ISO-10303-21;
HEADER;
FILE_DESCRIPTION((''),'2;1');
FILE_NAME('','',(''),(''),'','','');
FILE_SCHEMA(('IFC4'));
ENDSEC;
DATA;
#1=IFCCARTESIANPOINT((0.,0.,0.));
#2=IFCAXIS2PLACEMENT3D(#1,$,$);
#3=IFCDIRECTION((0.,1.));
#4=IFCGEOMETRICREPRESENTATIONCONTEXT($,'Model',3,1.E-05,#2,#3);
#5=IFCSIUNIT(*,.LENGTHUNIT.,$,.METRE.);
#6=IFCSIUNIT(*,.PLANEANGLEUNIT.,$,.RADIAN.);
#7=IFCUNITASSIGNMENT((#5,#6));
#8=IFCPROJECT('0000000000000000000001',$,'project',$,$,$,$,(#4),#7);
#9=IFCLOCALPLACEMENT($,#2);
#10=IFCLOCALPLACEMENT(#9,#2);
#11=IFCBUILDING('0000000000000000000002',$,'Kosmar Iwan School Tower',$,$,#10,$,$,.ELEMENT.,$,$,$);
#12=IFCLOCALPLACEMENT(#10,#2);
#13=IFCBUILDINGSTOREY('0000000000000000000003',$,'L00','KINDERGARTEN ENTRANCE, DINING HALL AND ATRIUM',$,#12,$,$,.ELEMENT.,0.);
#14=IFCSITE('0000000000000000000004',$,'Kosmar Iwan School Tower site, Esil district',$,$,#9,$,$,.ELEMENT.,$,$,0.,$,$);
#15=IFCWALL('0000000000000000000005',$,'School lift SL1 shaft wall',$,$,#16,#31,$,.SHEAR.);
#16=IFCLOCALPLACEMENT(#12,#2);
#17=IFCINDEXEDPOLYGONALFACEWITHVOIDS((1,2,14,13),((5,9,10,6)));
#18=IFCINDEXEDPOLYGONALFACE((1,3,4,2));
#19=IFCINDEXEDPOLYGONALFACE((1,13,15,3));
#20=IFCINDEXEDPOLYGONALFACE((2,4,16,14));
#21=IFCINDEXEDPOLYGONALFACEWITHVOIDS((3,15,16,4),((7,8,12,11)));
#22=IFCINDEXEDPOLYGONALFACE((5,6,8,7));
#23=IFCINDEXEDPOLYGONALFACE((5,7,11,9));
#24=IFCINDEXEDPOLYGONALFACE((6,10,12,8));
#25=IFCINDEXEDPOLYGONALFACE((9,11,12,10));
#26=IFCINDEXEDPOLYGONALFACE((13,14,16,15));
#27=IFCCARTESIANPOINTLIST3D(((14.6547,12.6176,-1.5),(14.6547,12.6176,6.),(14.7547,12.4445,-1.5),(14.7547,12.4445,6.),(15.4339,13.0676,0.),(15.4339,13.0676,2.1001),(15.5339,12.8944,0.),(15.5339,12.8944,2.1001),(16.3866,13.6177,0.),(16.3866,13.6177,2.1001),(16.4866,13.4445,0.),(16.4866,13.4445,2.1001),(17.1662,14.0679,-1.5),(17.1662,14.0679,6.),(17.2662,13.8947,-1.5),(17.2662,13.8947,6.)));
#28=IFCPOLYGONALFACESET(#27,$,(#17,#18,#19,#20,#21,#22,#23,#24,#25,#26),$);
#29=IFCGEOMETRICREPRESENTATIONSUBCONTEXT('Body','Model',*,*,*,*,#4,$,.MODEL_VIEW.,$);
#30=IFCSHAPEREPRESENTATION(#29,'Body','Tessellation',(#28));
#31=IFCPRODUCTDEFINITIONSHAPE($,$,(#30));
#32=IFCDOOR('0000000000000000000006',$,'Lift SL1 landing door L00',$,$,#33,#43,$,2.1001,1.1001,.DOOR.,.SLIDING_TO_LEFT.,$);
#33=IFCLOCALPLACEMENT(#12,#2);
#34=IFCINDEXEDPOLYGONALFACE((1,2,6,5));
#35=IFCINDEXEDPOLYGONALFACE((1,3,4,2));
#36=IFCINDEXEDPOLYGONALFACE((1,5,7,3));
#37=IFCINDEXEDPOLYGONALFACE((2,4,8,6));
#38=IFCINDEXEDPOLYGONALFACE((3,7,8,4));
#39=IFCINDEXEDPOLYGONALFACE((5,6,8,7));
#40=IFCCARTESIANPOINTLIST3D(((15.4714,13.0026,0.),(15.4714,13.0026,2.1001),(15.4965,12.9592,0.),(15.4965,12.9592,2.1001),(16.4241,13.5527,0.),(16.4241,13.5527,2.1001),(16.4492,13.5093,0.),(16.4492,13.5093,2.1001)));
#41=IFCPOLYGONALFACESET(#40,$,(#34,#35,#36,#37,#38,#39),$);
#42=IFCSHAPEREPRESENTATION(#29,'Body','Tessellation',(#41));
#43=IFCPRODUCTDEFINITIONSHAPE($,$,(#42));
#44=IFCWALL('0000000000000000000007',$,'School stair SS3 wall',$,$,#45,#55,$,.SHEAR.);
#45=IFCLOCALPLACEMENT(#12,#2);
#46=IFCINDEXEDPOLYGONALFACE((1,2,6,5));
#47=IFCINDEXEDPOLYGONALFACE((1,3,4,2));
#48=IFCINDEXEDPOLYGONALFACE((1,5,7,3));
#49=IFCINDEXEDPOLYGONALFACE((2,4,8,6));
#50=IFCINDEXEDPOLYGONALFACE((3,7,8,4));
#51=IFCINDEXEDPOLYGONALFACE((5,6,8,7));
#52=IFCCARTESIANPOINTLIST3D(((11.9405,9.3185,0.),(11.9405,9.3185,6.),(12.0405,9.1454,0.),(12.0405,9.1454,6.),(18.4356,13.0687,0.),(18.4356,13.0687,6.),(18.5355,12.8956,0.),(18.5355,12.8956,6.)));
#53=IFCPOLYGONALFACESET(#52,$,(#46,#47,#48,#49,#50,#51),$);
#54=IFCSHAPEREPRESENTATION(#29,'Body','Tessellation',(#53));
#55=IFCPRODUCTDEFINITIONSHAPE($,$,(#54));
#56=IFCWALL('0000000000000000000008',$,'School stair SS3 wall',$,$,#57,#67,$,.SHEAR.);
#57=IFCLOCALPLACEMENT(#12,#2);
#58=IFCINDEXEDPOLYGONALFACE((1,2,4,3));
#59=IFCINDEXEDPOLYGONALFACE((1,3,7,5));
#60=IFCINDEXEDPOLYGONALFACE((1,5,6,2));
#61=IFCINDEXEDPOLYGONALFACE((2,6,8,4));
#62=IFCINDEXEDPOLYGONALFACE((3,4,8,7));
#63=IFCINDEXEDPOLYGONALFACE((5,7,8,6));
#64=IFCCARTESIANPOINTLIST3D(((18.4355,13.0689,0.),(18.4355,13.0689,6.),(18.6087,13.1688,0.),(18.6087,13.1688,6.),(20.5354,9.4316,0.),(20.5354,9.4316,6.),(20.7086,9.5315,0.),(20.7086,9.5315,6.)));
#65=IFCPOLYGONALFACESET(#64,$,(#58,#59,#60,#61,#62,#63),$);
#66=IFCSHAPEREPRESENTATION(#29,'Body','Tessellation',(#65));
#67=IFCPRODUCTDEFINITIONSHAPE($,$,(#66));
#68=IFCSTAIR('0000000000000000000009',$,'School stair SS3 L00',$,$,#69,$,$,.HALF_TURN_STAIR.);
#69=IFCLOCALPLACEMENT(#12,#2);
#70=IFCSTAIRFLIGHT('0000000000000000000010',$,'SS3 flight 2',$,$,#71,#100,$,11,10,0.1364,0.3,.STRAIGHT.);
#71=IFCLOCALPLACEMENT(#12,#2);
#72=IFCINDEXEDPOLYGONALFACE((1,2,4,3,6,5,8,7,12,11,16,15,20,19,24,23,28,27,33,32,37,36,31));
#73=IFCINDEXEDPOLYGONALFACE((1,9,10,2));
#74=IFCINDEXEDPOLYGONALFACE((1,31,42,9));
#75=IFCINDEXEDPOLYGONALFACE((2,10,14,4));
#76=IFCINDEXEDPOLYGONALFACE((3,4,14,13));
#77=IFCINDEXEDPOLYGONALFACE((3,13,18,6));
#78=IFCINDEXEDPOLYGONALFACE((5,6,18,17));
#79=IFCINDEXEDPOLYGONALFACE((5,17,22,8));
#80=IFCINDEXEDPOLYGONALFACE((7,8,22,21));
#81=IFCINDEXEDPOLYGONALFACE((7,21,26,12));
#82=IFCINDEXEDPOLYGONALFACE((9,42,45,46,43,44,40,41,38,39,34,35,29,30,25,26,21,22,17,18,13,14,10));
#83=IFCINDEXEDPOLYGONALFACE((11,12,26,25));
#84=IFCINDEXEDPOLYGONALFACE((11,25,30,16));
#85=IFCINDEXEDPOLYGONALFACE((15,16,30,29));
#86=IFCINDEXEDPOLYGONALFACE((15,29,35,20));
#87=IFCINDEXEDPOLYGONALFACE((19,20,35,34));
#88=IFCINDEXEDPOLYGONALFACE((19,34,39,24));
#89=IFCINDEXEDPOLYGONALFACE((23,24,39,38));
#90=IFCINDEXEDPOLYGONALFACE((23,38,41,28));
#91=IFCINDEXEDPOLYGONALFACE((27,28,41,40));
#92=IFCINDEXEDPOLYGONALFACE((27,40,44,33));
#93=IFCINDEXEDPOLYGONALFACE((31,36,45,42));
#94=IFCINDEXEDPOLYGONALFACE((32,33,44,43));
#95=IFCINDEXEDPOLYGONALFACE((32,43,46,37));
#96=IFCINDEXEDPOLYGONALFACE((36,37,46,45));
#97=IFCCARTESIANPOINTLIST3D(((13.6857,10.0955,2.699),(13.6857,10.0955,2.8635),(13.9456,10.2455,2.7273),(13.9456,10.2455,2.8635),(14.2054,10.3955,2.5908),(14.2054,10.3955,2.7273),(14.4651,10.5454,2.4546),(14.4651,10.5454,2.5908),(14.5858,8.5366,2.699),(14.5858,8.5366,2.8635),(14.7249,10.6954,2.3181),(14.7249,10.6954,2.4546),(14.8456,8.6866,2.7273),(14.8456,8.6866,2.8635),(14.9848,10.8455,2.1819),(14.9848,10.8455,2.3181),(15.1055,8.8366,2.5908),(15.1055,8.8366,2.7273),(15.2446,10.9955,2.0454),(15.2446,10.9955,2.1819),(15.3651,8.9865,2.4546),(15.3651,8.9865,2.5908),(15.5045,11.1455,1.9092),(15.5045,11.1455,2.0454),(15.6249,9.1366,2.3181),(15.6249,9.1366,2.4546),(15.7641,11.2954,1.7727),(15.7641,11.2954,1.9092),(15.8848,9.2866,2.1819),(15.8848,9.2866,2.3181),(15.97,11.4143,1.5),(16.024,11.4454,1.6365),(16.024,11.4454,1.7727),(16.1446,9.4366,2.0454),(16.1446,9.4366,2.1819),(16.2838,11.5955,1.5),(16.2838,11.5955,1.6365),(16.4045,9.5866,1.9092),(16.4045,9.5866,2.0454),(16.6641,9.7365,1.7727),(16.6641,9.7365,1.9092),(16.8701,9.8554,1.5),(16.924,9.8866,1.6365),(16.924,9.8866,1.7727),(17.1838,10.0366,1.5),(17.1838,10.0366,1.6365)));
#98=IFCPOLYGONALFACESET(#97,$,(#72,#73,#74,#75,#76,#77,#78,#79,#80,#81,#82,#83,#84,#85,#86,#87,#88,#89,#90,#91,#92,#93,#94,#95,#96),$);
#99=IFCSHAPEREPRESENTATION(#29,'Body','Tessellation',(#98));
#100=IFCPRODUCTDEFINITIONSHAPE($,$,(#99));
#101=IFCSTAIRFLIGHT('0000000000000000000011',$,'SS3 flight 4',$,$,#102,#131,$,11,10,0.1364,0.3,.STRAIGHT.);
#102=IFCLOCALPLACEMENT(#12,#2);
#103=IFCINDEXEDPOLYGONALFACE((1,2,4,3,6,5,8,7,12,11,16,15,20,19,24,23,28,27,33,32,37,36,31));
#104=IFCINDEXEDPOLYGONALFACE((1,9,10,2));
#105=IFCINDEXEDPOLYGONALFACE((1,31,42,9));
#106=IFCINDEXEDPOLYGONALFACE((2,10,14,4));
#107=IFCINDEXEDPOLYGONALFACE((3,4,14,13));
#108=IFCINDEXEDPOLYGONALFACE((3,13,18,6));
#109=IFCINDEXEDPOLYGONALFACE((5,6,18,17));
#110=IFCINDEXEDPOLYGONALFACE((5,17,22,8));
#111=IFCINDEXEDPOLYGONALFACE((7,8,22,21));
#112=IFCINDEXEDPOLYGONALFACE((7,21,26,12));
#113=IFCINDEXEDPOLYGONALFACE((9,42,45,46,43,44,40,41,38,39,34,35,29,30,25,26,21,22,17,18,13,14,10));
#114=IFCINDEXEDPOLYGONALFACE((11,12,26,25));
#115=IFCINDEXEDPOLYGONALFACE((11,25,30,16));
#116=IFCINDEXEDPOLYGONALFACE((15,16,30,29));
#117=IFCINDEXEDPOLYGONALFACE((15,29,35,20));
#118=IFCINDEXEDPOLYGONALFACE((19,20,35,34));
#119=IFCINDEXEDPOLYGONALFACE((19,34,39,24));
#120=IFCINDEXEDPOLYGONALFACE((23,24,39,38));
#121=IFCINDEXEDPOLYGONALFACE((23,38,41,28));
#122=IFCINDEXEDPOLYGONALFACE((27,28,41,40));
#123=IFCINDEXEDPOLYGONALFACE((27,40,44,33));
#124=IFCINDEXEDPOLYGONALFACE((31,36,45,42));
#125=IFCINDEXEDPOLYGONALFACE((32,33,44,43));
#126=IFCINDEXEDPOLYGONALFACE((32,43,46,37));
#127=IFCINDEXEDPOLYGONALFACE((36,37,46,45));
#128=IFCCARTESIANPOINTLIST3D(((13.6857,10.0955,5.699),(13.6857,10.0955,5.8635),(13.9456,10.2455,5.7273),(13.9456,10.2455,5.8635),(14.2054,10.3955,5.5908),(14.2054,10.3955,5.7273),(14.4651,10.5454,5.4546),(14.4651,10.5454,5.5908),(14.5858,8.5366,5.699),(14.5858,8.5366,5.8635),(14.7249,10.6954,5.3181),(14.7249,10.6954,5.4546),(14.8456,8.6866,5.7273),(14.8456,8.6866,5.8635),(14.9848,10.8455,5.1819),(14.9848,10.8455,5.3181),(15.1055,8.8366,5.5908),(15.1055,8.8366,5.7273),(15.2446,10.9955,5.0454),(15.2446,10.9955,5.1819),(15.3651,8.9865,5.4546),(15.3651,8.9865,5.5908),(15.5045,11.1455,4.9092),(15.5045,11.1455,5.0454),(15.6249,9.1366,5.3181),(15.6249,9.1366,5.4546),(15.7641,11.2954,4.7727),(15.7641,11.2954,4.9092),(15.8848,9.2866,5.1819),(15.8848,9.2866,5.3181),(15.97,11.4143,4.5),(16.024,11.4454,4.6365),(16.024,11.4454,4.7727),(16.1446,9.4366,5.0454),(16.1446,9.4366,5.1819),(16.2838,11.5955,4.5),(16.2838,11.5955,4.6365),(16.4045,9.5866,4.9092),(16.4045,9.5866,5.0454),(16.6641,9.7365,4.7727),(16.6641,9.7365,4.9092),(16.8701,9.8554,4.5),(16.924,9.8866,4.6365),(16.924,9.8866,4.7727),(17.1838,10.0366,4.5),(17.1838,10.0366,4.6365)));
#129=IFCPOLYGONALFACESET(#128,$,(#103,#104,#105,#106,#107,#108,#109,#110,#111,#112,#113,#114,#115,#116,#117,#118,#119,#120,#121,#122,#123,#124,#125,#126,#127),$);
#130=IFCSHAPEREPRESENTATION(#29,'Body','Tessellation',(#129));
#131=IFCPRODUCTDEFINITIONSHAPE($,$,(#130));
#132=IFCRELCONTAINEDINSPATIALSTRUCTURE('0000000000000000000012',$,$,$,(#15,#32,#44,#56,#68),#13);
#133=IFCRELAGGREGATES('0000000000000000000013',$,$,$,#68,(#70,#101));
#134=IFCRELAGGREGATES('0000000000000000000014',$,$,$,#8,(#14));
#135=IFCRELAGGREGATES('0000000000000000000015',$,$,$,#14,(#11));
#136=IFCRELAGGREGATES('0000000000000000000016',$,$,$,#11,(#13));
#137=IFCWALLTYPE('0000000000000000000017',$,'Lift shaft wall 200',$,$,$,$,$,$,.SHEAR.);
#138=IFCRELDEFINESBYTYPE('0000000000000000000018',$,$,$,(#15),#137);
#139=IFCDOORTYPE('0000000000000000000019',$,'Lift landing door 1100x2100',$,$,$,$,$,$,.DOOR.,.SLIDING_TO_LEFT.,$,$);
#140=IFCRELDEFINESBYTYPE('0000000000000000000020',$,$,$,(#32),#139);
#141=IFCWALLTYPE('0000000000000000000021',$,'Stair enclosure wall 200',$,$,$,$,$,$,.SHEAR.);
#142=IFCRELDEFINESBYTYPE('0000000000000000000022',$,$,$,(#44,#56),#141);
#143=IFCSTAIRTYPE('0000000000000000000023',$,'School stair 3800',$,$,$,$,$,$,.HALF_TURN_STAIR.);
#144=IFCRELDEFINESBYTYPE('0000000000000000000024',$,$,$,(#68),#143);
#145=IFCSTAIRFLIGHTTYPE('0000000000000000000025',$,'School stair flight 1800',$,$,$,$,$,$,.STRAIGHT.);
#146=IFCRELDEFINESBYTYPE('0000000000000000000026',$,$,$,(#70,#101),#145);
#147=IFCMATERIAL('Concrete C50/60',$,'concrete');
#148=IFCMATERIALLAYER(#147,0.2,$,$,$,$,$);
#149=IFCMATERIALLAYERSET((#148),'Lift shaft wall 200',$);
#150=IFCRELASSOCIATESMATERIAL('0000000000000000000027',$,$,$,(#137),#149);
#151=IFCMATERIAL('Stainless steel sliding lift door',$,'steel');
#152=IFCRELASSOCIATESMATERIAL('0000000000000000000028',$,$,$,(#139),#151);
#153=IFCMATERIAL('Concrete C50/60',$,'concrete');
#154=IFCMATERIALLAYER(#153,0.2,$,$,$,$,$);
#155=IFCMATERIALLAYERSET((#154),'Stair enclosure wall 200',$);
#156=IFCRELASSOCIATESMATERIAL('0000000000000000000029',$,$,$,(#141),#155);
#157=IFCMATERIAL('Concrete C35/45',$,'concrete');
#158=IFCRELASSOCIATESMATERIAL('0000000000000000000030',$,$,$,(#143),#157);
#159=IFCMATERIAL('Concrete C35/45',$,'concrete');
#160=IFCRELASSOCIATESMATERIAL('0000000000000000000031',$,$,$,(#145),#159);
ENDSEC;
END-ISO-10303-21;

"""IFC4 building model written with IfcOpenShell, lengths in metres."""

from ifc_helpers import new_model, si_unit, direction, frame, frame_2d, origin, place, context, subcontext, project, spatial, polyline, rectangle, outline, extrude, material, layer, layer_set, type_object, element, fill, aggregate, save


model = new_model("IFC4")

# Units and contexts
model_context = context("Model", 3, precision=1e-05, world=origin(), true_north=direction((0.0, 1.0)))
body_context = subcontext(model_context, "Body", "Model", "MODEL_VIEW")
ifc_project = project(units=[si_unit("LENGTHUNIT", "METRE"), si_unit("PLANEANGLEUNIT", "RADIAN")], contexts=[model_context])

# Site, building, storey
site_placement = place(None, origin())
site = spatial("IfcSite", under=ifc_project, at=site_placement, Name="Kosmar Iwan School Tower site, Esil district", CompositionType="ELEMENT", RefElevation=0.0)
building_placement = place(site_placement, origin())
building = spatial("IfcBuilding", under=site, at=building_placement, Name="Kosmar Iwan School Tower", CompositionType="ELEMENT")
storey_placement = place(building_placement, origin())
storey = spatial("IfcBuildingStorey", under=building, at=storey_placement, Name="L00", Description="KINDERGARTEN ENTRANCE, DINING HALL AND ATRIUM", CompositionType="ELEMENT", Elevation=0.0)

# Shared definitions
ifc_material_1 = material(Name="Concrete C50/60", Category="concrete")
ifc_layer_1 = layer(ifc_material_1, 0.2)
ifc_layer_set_1 = layer_set([ifc_layer_1], Name="Lift shaft wall 200")
wall_type_1 = type_object("IfcWallType", Name="Lift shaft wall 200", PredefinedType="SHEAR", material=ifc_layer_set_1)

# Wall, opening, door
wall_1_placement = place(storey_placement, frame((14.7046, 12.531, -1.5), z_axis=(0.0, 0.0, 1.0), x_axis=(0.865996, 0.50005, 0.0)))
wall_1 = element("IfcWall", 1, at=wall_1_placement, inside=storey, type_object=wall_type_1, Name="School lift SL1 shaft wall", PredefinedType="SHEAR", context=body_context, shape_type="SweptSolid", body=[
    extrude(rectangle(XDim=2.9001, YDim=0.2, at=frame_2d((1.4502, 0.0))), origin(), (0.0, 0.0, 1.0), 7.5),
])
opening_placement = place(wall_1_placement, frame((0.8999, 0.0, 1.5)))
opening = element("IfcOpeningElement", 2, at=opening_placement, cuts=wall_1, PredefinedType="OPENING", context=body_context, shape_type="SweptSolid", body=[
    extrude(rectangle(XDim=1.1001, YDim=2.1001, at=frame_2d((0.55, 1.05))), frame((0.0, 0.1121, 0.0), z_axis=(0.0, -1.0, 0.0), x_axis=(1.0, 0.0, 0.0)), (0.0, 0.0, 1.0), 0.2239),
])
ifc_material_2 = material(Name="Stainless steel sliding lift door", Category="steel")
door_type = type_object("IfcDoorType", Name="Lift landing door 1100x2100", OperationType="SLIDING_TO_LEFT", PredefinedType="DOOR", material=ifc_material_2)
door_placement = place(opening_placement, origin())
door = element("IfcDoor", 3, at=door_placement, inside=storey, type_object=door_type, Name="Lift SL1 landing door L00", OperationType="SLIDING_TO_LEFT", OverallHeight=2.1001, OverallWidth=1.1001, PredefinedType="DOOR", context=body_context, shape_type="SweptSolid", body=[
    extrude(rectangle(XDim=1.1001, YDim=2.1001, at=frame_2d((0.55, 1.05))), frame((0.0, 0.0249, 0.0), z_axis=(0.0, -1.0, 0.0), x_axis=(1.0, 0.0, 0.0)), (0.0, 0.0, 1.0), 0.05),
])
fill(opening, door)

# Walls
ifc_material_3 = material(Name="Concrete C50/60", Category="concrete")
ifc_layer_2 = layer(ifc_material_3, 0.2)
ifc_layer_set_2 = layer_set([ifc_layer_2], Name="Stair enclosure wall 200")
wall_type_2 = type_object("IfcWallType", Name="Stair enclosure wall 200", PredefinedType="SHEAR", material=ifc_layer_set_2)
wall_2_placement = place(storey_placement, frame((11.9905, 9.2319, 0.0), z_axis=(0.0, 0.0, 1.0), x_axis=(0.866009, 0.500029, 0.0)))
element("IfcWall", 4, at=wall_2_placement, inside=storey, type_object=wall_type_2, Name="School stair SS3 wall", PredefinedType="SHEAR", context=body_context, shape_type="SweptSolid", body=[
    extrude(rectangle(XDim=7.5, YDim=0.2, at=frame_2d((3.75, 0.0))), origin(), (0.0, 0.0, 1.0), 6.0),
])
wall_3_placement = place(storey_placement, frame((20.6221, 9.4814, 0.0), z_axis=(0.0, 0.0, 1.0), x_axis=(-0.499984, 0.866035, 0.0)))
element("IfcWall", 5, at=wall_3_placement, inside=storey, type_object=wall_type_2, Name="School stair SS3 wall", PredefinedType="SHEAR", context=body_context, shape_type="SweptSolid", body=[
    extrude(rectangle(XDim=4.2, YDim=0.2, at=frame_2d((2.1001, 0.0))), origin(), (0.0, 0.0, 1.0), 6.0),
])

# Stair, stair flights
ifc_material_4 = material(Name="Concrete C35/45", Category="concrete")
stair_type = type_object("IfcStairType", Name="School stair 3800", PredefinedType="HALF_TURN_STAIR", material=ifc_material_4)
stair_placement = place(storey_placement, origin())
stair = element("IfcStair", 6, at=stair_placement, inside=storey, type_object=stair_type, Name="School stair SS3 L00", PredefinedType="HALF_TURN_STAIR")
ifc_material_5 = material(Name="Concrete C35/45", Category="concrete")
stair_flight_type = type_object("IfcStairFlightType", Name="School stair flight 1800", PredefinedType="STRAIGHT", material=ifc_material_5)
stair_flight_1_placement = place(storey_placement, frame((16.7339, 10.8159, 1.5), z_axis=(0.0, 0.0, 1.0), x_axis=(-0.866025, -0.5, 0.0)))
stair_flight_1 = element("IfcStairFlight", 7, at=stair_flight_1_placement, type_object=stair_flight_type, Name="SS3 flight 2", NumberOfRisers=11, NumberOfTreads=10, PredefinedType="STRAIGHT", RiserHeight=0.1364, TreadLength=0.3, context=body_context, shape_type="SweptSolid", body=[
    extrude(outline(polyline([(0.0, 0.0), (0.0, 0.1365), (0.3, 0.1365), (0.3, 0.2727), (0.6001, 0.2727), (0.6001, 0.4092), (0.8999, 0.4092), (0.8999, 0.5454), (1.2, 0.5454), (1.2, 0.6819), (1.5, 0.6819), (1.5, 0.8181), (1.8, 0.8181), (1.8, 0.9546), (2.1001, 0.9546), (2.1001, 1.0908), (2.3999, 1.0908), (2.3999, 1.2273), (2.7, 1.2273), (2.7, 1.3635), (3.0, 1.3635), (3.0, 1.5), (3.0, 1.199), (0.3623, 0.0), (0.0, 0.0)])), frame((0.0, 0.8999, 0.0), z_axis=(0.0, -1.0, 0.0), x_axis=(1.0, 0.0, 0.0)), (0.0, 0.0, 1.0), 1.8),
])
stair_flight_2_placement = place(storey_placement, frame((16.7339, 10.8159, 4.5), z_axis=(0.0, 0.0, 1.0), x_axis=(-0.866025, -0.5, 0.0)))
stair_flight_2 = element("IfcStairFlight", 8, at=stair_flight_2_placement, type_object=stair_flight_type, Name="SS3 flight 4", NumberOfRisers=11, NumberOfTreads=10, PredefinedType="STRAIGHT", RiserHeight=0.1364, TreadLength=0.3, context=body_context, shape_type="SweptSolid", body=[
    extrude(outline(polyline([(0.0, 0.0), (0.0, 0.1365), (0.3, 0.1365), (0.3, 0.2727), (0.6001, 0.2727), (0.6001, 0.4092), (0.8999, 0.4092), (0.8999, 0.5454), (1.2, 0.5454), (1.2, 0.6819), (1.5, 0.6819), (1.5, 0.8181), (1.8, 0.8181), (1.8, 0.9546), (2.1001, 0.9546), (2.1001, 1.0908), (2.3999, 1.0908), (2.3999, 1.2273), (2.7, 1.2273), (2.7, 1.3635), (3.0, 1.3635), (3.0, 1.5), (3.0, 1.199), (0.3623, 0.0), (0.0, 0.0)])), frame((0.0, 0.8999, 0.0), z_axis=(0.0, -1.0, 0.0), x_axis=(1.0, 0.0, 0.0)), (0.0, 0.0, 1.0), 1.8),
])
aggregate(stair, [stair_flight_1, stair_flight_2])

save(model, "model.ifc")
